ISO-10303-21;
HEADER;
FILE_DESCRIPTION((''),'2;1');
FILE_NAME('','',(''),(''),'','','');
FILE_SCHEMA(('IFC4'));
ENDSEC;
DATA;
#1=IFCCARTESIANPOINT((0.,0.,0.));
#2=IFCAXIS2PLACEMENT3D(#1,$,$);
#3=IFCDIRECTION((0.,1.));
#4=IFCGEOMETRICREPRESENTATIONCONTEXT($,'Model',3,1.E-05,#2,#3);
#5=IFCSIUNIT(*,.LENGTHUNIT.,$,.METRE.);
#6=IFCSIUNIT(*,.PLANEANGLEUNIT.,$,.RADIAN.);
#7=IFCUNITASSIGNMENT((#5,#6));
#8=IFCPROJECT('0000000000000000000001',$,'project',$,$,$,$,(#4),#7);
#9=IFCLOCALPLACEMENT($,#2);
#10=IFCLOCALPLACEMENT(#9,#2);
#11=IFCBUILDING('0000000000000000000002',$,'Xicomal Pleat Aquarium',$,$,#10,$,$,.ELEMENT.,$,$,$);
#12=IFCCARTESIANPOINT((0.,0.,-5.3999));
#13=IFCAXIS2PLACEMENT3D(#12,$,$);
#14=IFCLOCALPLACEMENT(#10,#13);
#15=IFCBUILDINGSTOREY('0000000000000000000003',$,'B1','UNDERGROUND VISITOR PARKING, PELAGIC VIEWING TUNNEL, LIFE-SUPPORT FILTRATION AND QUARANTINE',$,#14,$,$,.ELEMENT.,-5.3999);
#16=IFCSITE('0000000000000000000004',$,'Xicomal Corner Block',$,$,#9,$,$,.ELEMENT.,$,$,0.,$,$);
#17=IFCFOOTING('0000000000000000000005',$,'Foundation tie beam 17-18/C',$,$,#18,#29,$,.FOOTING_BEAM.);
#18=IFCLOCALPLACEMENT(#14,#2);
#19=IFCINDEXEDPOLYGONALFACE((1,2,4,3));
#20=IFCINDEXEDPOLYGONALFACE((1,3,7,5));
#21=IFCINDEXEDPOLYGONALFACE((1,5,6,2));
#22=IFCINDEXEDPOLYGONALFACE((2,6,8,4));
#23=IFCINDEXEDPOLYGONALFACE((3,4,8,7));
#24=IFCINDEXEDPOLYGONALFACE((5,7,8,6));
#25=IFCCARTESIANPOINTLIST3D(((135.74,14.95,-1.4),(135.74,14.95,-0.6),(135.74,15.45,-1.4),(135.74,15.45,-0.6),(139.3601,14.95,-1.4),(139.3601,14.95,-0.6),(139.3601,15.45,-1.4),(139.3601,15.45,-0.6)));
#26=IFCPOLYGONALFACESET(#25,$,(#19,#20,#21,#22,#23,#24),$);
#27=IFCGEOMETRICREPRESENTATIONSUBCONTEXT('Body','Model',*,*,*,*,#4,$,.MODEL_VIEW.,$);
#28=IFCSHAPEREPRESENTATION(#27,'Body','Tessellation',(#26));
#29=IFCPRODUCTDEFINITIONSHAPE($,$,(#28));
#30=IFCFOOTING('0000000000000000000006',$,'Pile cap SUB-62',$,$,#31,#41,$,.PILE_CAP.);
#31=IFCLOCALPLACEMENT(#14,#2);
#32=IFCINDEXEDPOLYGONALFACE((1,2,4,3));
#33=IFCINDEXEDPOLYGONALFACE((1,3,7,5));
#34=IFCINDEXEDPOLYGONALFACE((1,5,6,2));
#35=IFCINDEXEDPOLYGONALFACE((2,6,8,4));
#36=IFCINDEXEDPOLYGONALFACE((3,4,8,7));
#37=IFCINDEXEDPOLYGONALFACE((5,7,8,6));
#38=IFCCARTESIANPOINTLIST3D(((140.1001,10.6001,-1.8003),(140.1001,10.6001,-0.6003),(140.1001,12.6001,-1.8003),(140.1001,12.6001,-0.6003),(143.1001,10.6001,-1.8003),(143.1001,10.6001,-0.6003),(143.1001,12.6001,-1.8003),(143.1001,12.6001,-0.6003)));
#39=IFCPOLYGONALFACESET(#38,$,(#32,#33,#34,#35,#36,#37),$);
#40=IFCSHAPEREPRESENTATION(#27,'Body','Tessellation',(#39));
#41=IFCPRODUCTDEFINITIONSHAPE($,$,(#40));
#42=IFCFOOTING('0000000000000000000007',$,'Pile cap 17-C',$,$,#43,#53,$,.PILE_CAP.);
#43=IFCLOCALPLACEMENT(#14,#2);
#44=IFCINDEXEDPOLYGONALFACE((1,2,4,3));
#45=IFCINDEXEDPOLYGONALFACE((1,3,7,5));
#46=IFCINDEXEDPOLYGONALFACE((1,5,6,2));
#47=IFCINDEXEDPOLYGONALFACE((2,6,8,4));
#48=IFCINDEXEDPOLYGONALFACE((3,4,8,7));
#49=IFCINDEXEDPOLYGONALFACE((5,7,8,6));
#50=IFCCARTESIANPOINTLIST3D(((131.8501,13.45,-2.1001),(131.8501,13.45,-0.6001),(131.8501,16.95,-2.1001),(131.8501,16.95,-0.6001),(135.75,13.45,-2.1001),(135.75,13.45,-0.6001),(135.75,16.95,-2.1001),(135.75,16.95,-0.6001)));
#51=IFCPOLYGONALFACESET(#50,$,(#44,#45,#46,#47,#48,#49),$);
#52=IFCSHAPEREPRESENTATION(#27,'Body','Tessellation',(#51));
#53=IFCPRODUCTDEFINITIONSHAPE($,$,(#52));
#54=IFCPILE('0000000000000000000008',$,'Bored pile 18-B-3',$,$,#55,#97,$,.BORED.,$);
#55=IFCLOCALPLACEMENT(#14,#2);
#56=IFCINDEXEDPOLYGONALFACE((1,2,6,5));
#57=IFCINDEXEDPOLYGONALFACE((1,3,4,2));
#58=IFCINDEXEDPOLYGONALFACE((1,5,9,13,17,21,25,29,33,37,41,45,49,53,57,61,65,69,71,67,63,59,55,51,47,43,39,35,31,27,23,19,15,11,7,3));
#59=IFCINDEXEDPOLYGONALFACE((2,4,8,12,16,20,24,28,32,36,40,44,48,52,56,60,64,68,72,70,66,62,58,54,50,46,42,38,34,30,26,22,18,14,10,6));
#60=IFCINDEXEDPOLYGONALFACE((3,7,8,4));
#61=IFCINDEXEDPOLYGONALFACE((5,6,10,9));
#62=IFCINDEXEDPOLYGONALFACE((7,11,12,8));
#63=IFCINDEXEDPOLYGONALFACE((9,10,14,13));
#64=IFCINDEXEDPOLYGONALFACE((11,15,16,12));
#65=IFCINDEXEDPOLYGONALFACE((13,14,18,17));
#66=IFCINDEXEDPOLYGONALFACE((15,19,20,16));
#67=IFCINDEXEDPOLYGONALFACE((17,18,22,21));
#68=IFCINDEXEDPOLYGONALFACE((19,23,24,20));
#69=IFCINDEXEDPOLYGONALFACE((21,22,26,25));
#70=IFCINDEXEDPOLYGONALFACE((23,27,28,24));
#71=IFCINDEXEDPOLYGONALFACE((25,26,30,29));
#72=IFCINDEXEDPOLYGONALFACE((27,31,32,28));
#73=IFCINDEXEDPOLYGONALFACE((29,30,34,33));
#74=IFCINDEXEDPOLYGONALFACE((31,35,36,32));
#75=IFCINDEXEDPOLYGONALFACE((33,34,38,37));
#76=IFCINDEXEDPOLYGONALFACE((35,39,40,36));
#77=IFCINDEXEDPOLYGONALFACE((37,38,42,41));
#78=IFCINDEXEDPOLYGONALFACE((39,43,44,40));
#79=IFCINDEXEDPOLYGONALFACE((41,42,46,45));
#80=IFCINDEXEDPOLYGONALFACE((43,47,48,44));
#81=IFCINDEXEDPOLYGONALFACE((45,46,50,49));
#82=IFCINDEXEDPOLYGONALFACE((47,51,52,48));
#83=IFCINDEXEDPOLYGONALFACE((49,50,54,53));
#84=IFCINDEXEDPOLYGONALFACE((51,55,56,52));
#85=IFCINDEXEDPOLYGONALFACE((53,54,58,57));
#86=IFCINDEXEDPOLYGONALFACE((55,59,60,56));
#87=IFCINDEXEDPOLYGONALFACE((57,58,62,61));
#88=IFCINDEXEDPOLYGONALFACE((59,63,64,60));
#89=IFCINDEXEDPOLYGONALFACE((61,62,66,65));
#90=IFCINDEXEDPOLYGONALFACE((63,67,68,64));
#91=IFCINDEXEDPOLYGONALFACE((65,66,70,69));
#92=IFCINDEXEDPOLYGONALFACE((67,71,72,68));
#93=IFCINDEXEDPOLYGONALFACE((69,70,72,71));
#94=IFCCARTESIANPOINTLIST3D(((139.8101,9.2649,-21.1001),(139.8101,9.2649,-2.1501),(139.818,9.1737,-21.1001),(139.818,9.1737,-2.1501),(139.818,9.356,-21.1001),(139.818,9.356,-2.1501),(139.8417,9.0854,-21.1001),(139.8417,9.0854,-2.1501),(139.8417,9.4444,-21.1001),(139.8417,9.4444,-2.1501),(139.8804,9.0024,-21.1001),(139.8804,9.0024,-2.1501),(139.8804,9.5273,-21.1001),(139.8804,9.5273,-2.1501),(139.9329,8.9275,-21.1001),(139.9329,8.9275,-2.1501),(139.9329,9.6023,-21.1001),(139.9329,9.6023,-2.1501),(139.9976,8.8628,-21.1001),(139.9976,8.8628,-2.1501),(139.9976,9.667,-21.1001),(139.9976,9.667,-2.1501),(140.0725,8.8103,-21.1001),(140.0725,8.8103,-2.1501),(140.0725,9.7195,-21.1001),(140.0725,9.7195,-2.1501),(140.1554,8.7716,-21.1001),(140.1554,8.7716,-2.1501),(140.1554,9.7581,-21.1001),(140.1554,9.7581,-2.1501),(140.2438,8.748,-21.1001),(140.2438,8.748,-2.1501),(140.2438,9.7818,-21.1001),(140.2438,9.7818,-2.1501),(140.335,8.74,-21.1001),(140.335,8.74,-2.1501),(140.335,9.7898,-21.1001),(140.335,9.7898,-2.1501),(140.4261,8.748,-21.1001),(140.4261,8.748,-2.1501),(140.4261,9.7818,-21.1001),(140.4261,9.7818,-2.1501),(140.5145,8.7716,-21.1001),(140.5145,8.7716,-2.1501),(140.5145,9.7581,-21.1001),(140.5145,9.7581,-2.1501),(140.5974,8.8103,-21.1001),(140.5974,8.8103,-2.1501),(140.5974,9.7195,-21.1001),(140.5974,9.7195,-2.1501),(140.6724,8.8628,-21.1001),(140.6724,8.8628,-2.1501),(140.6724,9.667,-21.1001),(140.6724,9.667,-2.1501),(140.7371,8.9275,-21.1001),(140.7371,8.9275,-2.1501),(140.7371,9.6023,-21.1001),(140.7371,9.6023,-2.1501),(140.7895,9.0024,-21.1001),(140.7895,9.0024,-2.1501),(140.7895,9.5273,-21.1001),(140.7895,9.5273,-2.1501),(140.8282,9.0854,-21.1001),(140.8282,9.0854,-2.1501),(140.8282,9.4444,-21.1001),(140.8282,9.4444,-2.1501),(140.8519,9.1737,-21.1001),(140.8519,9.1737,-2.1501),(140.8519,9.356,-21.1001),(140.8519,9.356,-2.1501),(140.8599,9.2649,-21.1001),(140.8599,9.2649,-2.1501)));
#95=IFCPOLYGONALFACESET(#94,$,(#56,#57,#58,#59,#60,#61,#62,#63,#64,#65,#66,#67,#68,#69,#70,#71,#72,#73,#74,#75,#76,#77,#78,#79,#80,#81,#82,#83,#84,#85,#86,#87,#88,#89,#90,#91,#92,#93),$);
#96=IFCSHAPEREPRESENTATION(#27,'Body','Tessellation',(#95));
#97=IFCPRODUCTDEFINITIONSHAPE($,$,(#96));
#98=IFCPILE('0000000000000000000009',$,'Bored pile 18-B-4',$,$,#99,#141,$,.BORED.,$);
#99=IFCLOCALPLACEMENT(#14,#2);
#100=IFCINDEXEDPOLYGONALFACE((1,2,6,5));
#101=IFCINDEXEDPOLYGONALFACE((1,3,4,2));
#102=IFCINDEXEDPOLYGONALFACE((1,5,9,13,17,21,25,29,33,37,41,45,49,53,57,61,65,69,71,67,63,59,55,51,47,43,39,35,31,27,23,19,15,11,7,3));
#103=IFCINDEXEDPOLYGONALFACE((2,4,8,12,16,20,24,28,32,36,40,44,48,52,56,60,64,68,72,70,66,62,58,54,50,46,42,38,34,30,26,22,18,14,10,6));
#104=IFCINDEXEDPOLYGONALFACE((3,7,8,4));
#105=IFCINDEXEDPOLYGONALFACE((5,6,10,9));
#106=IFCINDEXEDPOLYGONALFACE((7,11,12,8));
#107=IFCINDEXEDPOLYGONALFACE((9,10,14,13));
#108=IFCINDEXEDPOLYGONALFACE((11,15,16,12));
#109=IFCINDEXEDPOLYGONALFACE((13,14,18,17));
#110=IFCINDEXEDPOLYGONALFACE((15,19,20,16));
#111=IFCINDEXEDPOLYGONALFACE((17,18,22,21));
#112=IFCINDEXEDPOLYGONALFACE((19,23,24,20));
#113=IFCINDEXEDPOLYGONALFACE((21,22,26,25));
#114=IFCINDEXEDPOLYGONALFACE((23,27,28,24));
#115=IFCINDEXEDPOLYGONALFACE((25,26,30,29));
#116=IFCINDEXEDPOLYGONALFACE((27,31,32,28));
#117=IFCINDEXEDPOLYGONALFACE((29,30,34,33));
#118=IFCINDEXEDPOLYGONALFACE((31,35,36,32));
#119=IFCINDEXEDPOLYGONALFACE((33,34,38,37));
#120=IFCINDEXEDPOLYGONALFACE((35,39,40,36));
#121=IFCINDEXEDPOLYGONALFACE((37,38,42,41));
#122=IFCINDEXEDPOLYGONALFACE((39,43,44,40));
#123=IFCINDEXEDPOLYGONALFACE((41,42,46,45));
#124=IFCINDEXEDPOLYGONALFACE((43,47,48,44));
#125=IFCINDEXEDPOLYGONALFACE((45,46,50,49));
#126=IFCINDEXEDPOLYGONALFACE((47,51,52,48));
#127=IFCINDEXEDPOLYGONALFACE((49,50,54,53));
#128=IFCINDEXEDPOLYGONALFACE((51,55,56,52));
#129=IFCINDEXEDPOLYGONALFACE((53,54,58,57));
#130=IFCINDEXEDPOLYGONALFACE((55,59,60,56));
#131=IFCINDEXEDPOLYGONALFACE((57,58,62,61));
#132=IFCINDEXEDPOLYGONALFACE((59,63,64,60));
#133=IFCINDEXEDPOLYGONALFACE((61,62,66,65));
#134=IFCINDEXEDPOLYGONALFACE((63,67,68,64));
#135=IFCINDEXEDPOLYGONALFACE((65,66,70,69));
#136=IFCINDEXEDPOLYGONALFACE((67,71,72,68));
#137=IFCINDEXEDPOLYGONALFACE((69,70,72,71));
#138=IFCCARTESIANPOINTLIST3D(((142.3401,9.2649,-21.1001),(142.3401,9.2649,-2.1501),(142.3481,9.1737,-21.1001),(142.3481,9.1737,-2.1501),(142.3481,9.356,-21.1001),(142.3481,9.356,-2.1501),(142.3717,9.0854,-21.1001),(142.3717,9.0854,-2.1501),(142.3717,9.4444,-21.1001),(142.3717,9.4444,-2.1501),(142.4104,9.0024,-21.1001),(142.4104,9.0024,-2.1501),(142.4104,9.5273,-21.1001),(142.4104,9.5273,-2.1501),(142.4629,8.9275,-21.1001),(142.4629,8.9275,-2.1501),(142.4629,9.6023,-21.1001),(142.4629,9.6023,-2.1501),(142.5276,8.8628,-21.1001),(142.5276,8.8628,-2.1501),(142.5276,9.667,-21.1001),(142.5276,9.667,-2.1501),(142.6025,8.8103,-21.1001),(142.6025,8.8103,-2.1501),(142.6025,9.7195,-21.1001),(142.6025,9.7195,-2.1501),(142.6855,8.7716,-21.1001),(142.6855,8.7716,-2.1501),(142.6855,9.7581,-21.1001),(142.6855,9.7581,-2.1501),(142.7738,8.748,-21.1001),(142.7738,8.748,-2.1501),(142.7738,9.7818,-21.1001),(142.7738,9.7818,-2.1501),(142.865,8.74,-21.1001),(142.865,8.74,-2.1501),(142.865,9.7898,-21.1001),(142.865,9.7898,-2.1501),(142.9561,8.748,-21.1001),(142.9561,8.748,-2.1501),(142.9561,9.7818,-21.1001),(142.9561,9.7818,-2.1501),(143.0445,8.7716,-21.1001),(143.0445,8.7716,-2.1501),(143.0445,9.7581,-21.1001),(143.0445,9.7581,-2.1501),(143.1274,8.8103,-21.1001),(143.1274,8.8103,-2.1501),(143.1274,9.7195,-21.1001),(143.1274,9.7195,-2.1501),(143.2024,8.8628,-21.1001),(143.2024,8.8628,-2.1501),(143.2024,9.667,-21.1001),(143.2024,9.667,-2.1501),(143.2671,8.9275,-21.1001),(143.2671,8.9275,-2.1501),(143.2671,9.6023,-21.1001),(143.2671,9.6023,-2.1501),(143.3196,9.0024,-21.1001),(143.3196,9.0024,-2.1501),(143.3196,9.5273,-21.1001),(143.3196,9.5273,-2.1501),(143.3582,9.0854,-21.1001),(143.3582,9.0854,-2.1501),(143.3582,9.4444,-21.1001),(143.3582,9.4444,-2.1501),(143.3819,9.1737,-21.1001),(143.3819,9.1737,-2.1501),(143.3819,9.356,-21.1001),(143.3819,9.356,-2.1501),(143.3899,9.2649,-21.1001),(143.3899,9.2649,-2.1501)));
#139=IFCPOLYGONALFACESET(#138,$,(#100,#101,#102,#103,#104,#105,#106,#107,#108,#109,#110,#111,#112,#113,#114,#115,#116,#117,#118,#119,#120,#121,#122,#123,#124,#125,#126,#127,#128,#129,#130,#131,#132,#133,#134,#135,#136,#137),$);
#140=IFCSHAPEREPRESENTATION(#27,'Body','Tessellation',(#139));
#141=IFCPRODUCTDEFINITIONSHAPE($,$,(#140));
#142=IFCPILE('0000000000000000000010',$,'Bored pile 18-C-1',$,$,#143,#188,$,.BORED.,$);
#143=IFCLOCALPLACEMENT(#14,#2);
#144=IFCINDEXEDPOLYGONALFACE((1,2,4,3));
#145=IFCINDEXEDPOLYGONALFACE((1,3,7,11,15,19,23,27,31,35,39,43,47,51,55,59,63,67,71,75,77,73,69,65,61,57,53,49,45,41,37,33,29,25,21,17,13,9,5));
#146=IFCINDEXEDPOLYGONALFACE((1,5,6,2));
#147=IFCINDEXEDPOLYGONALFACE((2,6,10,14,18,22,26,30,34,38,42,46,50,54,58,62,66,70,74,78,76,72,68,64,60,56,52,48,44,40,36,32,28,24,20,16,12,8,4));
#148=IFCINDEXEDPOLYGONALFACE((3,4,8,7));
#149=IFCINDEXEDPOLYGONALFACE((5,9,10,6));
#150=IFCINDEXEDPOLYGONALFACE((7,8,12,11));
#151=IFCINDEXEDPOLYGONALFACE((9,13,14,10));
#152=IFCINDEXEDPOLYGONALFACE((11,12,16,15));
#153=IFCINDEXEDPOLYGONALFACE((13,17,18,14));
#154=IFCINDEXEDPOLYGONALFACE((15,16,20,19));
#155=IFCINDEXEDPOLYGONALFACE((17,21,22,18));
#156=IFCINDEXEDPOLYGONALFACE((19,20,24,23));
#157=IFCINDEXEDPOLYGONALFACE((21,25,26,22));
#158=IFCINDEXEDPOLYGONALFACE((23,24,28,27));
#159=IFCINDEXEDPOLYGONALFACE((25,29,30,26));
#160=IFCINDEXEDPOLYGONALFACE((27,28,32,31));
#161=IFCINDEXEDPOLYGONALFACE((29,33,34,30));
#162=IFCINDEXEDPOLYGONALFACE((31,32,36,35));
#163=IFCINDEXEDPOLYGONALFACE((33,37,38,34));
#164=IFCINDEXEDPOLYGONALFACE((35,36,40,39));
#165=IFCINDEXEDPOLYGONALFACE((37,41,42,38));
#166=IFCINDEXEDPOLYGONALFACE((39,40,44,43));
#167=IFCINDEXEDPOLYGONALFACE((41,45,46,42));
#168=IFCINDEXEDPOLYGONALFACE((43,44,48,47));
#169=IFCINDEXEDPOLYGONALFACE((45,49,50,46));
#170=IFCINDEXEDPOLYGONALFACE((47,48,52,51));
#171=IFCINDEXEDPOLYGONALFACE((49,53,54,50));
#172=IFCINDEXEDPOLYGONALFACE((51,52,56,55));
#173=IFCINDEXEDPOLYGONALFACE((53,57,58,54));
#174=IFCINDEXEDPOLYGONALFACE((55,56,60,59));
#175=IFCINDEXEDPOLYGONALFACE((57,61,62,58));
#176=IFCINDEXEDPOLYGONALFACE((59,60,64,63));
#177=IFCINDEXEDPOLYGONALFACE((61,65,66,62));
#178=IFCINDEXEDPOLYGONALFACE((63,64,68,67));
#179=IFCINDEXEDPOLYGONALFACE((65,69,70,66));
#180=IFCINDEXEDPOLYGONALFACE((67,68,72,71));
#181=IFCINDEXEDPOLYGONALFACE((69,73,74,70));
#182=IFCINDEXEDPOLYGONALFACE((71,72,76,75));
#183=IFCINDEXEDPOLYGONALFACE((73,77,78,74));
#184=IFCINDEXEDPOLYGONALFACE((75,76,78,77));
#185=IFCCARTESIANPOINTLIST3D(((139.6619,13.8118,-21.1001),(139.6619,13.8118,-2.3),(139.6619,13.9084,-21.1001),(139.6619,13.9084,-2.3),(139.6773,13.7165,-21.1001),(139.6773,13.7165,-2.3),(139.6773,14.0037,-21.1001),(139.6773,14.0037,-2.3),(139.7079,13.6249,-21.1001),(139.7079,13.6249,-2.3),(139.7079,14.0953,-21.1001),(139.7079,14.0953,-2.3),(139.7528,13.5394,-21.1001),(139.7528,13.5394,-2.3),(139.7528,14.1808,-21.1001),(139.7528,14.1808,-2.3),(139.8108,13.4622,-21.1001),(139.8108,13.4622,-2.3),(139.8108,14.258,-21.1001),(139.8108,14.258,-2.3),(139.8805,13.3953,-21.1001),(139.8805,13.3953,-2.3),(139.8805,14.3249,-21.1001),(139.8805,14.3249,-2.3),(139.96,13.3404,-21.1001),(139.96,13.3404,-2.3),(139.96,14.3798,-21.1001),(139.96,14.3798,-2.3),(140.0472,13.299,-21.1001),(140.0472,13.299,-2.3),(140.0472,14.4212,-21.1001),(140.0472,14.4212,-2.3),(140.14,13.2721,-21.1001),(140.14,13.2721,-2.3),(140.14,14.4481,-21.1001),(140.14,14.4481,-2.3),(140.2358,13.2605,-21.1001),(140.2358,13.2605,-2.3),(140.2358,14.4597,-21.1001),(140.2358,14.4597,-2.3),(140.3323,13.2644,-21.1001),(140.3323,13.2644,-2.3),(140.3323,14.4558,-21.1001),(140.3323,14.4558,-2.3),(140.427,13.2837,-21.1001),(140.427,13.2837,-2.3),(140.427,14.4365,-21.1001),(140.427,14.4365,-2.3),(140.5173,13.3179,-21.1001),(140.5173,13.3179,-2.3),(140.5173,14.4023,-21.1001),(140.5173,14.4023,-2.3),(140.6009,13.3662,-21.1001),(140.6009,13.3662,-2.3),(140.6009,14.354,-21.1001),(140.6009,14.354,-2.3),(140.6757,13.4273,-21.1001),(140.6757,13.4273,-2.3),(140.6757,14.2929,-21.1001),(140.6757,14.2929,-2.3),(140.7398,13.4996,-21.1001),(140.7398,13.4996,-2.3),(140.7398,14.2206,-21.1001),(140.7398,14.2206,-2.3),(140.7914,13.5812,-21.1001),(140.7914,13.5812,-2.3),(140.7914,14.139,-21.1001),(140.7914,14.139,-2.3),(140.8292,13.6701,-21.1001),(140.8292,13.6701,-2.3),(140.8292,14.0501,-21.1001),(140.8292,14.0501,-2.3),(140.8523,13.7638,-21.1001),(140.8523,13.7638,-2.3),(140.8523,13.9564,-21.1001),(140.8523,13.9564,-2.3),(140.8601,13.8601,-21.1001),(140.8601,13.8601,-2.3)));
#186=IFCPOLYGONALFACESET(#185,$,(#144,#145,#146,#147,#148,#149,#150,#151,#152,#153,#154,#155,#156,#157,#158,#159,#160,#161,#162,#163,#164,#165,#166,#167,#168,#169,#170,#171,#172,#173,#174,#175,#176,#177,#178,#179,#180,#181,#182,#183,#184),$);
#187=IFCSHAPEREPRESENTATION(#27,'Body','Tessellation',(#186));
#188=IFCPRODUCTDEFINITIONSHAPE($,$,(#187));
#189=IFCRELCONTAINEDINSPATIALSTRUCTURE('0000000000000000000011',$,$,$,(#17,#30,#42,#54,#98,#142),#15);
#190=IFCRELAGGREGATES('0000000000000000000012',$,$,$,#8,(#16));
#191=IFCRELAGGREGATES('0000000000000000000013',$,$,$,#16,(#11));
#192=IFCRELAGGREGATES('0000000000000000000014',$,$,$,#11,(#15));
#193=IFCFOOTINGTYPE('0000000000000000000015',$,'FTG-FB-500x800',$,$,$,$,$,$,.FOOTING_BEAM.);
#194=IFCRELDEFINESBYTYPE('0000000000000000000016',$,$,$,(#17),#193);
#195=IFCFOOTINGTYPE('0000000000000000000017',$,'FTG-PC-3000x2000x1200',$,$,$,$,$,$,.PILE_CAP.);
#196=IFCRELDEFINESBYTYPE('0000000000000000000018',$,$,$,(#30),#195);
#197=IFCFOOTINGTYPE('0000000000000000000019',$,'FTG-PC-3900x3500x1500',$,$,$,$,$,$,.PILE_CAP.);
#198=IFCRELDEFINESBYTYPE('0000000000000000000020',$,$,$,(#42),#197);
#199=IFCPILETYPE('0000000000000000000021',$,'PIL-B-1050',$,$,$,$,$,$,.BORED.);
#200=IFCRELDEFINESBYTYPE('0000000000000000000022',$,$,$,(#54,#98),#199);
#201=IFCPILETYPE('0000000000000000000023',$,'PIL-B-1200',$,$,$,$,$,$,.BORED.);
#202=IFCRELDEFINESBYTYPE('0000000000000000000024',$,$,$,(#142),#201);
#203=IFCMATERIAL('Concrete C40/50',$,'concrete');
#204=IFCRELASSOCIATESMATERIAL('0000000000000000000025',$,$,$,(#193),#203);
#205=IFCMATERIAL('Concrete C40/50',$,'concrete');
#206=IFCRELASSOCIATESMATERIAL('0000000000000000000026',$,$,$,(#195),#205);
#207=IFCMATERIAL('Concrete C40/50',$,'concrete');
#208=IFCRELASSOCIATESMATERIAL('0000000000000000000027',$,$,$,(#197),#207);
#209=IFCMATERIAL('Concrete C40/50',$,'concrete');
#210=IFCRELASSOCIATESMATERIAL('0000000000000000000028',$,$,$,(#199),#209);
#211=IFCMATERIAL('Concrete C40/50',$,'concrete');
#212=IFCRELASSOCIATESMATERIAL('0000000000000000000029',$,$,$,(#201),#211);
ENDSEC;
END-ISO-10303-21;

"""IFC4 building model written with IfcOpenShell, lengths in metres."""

from ifc_helpers import new_model, si_unit, direction, frame, origin, origin_2d, place, context, subcontext, project, spatial, rectangle, circle, extrude, material, material_profile, profile_set, type_object, element, save


model = new_model("IFC4")

# Units and contexts
model_context = context("Model", 3, precision=1e-05, world=origin(), true_north=direction((0.0, 1.0)))
body_context = subcontext(model_context, "Body", "Model", "MODEL_VIEW")
ifc_project = project(units=[si_unit("LENGTHUNIT", "METRE"), si_unit("PLANEANGLEUNIT", "RADIAN")], contexts=[model_context])

# Site, building, storey
site_placement = place(None, origin())
site = spatial("IfcSite", under=ifc_project, at=site_placement, Name="Xicomal Corner Block", CompositionType="ELEMENT", RefElevation=0.0)
building_placement = place(site_placement, origin())
building = spatial("IfcBuilding", under=site, at=building_placement, Name="Xicomal Pleat Aquarium", CompositionType="ELEMENT")
storey_placement = place(building_placement, frame((0.0, 0.0, -5.3999)))
storey = spatial("IfcBuildingStorey", under=building, at=storey_placement, Name="B1", Description="UNDERGROUND VISITOR PARKING, PELAGIC VIEWING TUNNEL, LIFE-SUPPORT FILTRATION AND QUARANTINE", CompositionType="ELEMENT", Elevation=-5.3999)

# Footings
ifc_material_1 = material(Name="Concrete C40/50", Category="concrete")
ifc_material_profile_1 = material_profile(ifc_material_1, rectangle(XDim=0.5, YDim=0.8, at=origin_2d()), Name="FB-01 500x800")
ifc_profile_set_1 = profile_set([ifc_material_profile_1], Name="Concrete C40/50")
footing_type_1 = type_object("IfcFootingType", Name="FTG-FB-500x800", PredefinedType="FOOTING_BEAM", material=ifc_profile_set_1)
footing_1_placement = place(storey_placement, frame((135.74, 15.2, -1.0), z_axis=(1.0, 0.0, 0.0), x_axis=(0.0, 1.0, 0.0)))
element("IfcFooting", 1, at=footing_1_placement, inside=storey, type_object=footing_type_1, Name="Foundation tie beam 17-18/C", PredefinedType="FOOTING_BEAM", context=body_context, shape_type="SweptSolid", body=[
    extrude(rectangle(XDim=0.5, YDim=0.8, at=origin_2d()), origin(), (0.0, 0.0, 1.0), 3.6201),
])
ifc_material_2 = material(Name="Concrete C40/50", Category="concrete")
footing_type_2 = type_object("IfcFootingType", Name="FTG-PC-3000x2000x1200", PredefinedType="PILE_CAP", material=ifc_material_2)
footing_2_placement = place(storey_placement, frame((141.6001, 11.6001, -1.8003), z_axis=(0.0, 0.0, 1.0), x_axis=(1.0, 0.0, 0.0)))
element("IfcFooting", 2, at=footing_2_placement, inside=storey, type_object=footing_type_2, Name="Pile cap SUB-62", PredefinedType="PILE_CAP", context=body_context, shape_type="SweptSolid", body=[
    extrude(rectangle(XDim=3.0, YDim=2.0, at=origin_2d()), origin(), (0.0, 0.0, 1.0), 1.2),
])
ifc_material_3 = material(Name="Concrete C40/50", Category="concrete")
footing_type_3 = type_object("IfcFootingType", Name="FTG-PC-3900x3500x1500", PredefinedType="PILE_CAP", material=ifc_material_3)
footing_3_placement = place(storey_placement, frame((133.8, 15.2, -2.1001), z_axis=(0.0, 0.0, 1.0), x_axis=(1.0, 0.0, 0.0)))
element("IfcFooting", 3, at=footing_3_placement, inside=storey, type_object=footing_type_3, Name="Pile cap 17-C", PredefinedType="PILE_CAP", context=body_context, shape_type="SweptSolid", body=[
    extrude(rectangle(XDim=3.8999, YDim=3.5, at=origin_2d()), origin(), (0.0, 0.0, 1.0), 1.5),
])

# Piles
ifc_material_4 = material(Name="Concrete C40/50", Category="concrete")
ifc_material_profile_2 = material_profile(ifc_material_4, circle(Radius=0.5249, at=origin_2d()), Name="BORED PILE D1050")
ifc_profile_set_2 = profile_set([ifc_material_profile_2], Name="Concrete C40/50")
pile_type_1 = type_object("IfcPileType", Name="PIL-B-1050", PredefinedType="BORED", material=ifc_profile_set_2)
for number, where, z_axis, x_axis, name in (
    (4, (140.335, 9.2649, -2.1501), (0.0, 0.0, -1.0), (1.0, 0.0, 0.0), "Bored pile 18-B-3"),
    (5, (142.865, 9.2649, -2.1501), (0.0, 0.0, -1.0), (1.0, 0.0, 0.0), "Bored pile 18-B-4"),
):
    element("IfcPile", number, at=place(storey_placement, frame(where, z_axis=z_axis, x_axis=x_axis)), inside=storey, type_object=pile_type_1, Name=name, PredefinedType="BORED", context=body_context, shape_type="SweptSolid", body=[
        extrude(circle(Radius=0.5249, at=origin_2d()), origin(), (0.0, 0.0, 1.0), 18.95),
    ])
ifc_material_5 = material(Name="Concrete C40/50", Category="concrete")
ifc_material_profile_3 = material_profile(ifc_material_5, circle(Radius=0.6001, at=origin_2d()), Name="BORED PILE D1200")
ifc_profile_set_3 = profile_set([ifc_material_profile_3], Name="Concrete C40/50")
pile_type_2 = type_object("IfcPileType", Name="PIL-B-1200", PredefinedType="BORED", material=ifc_profile_set_3)
for number, where, z_axis, x_axis, name in (
    (6, (140.26, 13.8601, -2.3), (0.0, 0.0, -1.0), (1.0, 0.0, 0.0), "Bored pile 18-C-1"),
):
    element("IfcPile", number, at=place(storey_placement, frame(where, z_axis=z_axis, x_axis=x_axis)), inside=storey, type_object=pile_type_2, Name=name, PredefinedType="BORED", context=body_context, shape_type="SweptSolid", body=[
        extrude(circle(Radius=0.6001, at=origin_2d()), origin(), (0.0, 0.0, 1.0), 18.8),
    ])

save(model, "model.ifc")
